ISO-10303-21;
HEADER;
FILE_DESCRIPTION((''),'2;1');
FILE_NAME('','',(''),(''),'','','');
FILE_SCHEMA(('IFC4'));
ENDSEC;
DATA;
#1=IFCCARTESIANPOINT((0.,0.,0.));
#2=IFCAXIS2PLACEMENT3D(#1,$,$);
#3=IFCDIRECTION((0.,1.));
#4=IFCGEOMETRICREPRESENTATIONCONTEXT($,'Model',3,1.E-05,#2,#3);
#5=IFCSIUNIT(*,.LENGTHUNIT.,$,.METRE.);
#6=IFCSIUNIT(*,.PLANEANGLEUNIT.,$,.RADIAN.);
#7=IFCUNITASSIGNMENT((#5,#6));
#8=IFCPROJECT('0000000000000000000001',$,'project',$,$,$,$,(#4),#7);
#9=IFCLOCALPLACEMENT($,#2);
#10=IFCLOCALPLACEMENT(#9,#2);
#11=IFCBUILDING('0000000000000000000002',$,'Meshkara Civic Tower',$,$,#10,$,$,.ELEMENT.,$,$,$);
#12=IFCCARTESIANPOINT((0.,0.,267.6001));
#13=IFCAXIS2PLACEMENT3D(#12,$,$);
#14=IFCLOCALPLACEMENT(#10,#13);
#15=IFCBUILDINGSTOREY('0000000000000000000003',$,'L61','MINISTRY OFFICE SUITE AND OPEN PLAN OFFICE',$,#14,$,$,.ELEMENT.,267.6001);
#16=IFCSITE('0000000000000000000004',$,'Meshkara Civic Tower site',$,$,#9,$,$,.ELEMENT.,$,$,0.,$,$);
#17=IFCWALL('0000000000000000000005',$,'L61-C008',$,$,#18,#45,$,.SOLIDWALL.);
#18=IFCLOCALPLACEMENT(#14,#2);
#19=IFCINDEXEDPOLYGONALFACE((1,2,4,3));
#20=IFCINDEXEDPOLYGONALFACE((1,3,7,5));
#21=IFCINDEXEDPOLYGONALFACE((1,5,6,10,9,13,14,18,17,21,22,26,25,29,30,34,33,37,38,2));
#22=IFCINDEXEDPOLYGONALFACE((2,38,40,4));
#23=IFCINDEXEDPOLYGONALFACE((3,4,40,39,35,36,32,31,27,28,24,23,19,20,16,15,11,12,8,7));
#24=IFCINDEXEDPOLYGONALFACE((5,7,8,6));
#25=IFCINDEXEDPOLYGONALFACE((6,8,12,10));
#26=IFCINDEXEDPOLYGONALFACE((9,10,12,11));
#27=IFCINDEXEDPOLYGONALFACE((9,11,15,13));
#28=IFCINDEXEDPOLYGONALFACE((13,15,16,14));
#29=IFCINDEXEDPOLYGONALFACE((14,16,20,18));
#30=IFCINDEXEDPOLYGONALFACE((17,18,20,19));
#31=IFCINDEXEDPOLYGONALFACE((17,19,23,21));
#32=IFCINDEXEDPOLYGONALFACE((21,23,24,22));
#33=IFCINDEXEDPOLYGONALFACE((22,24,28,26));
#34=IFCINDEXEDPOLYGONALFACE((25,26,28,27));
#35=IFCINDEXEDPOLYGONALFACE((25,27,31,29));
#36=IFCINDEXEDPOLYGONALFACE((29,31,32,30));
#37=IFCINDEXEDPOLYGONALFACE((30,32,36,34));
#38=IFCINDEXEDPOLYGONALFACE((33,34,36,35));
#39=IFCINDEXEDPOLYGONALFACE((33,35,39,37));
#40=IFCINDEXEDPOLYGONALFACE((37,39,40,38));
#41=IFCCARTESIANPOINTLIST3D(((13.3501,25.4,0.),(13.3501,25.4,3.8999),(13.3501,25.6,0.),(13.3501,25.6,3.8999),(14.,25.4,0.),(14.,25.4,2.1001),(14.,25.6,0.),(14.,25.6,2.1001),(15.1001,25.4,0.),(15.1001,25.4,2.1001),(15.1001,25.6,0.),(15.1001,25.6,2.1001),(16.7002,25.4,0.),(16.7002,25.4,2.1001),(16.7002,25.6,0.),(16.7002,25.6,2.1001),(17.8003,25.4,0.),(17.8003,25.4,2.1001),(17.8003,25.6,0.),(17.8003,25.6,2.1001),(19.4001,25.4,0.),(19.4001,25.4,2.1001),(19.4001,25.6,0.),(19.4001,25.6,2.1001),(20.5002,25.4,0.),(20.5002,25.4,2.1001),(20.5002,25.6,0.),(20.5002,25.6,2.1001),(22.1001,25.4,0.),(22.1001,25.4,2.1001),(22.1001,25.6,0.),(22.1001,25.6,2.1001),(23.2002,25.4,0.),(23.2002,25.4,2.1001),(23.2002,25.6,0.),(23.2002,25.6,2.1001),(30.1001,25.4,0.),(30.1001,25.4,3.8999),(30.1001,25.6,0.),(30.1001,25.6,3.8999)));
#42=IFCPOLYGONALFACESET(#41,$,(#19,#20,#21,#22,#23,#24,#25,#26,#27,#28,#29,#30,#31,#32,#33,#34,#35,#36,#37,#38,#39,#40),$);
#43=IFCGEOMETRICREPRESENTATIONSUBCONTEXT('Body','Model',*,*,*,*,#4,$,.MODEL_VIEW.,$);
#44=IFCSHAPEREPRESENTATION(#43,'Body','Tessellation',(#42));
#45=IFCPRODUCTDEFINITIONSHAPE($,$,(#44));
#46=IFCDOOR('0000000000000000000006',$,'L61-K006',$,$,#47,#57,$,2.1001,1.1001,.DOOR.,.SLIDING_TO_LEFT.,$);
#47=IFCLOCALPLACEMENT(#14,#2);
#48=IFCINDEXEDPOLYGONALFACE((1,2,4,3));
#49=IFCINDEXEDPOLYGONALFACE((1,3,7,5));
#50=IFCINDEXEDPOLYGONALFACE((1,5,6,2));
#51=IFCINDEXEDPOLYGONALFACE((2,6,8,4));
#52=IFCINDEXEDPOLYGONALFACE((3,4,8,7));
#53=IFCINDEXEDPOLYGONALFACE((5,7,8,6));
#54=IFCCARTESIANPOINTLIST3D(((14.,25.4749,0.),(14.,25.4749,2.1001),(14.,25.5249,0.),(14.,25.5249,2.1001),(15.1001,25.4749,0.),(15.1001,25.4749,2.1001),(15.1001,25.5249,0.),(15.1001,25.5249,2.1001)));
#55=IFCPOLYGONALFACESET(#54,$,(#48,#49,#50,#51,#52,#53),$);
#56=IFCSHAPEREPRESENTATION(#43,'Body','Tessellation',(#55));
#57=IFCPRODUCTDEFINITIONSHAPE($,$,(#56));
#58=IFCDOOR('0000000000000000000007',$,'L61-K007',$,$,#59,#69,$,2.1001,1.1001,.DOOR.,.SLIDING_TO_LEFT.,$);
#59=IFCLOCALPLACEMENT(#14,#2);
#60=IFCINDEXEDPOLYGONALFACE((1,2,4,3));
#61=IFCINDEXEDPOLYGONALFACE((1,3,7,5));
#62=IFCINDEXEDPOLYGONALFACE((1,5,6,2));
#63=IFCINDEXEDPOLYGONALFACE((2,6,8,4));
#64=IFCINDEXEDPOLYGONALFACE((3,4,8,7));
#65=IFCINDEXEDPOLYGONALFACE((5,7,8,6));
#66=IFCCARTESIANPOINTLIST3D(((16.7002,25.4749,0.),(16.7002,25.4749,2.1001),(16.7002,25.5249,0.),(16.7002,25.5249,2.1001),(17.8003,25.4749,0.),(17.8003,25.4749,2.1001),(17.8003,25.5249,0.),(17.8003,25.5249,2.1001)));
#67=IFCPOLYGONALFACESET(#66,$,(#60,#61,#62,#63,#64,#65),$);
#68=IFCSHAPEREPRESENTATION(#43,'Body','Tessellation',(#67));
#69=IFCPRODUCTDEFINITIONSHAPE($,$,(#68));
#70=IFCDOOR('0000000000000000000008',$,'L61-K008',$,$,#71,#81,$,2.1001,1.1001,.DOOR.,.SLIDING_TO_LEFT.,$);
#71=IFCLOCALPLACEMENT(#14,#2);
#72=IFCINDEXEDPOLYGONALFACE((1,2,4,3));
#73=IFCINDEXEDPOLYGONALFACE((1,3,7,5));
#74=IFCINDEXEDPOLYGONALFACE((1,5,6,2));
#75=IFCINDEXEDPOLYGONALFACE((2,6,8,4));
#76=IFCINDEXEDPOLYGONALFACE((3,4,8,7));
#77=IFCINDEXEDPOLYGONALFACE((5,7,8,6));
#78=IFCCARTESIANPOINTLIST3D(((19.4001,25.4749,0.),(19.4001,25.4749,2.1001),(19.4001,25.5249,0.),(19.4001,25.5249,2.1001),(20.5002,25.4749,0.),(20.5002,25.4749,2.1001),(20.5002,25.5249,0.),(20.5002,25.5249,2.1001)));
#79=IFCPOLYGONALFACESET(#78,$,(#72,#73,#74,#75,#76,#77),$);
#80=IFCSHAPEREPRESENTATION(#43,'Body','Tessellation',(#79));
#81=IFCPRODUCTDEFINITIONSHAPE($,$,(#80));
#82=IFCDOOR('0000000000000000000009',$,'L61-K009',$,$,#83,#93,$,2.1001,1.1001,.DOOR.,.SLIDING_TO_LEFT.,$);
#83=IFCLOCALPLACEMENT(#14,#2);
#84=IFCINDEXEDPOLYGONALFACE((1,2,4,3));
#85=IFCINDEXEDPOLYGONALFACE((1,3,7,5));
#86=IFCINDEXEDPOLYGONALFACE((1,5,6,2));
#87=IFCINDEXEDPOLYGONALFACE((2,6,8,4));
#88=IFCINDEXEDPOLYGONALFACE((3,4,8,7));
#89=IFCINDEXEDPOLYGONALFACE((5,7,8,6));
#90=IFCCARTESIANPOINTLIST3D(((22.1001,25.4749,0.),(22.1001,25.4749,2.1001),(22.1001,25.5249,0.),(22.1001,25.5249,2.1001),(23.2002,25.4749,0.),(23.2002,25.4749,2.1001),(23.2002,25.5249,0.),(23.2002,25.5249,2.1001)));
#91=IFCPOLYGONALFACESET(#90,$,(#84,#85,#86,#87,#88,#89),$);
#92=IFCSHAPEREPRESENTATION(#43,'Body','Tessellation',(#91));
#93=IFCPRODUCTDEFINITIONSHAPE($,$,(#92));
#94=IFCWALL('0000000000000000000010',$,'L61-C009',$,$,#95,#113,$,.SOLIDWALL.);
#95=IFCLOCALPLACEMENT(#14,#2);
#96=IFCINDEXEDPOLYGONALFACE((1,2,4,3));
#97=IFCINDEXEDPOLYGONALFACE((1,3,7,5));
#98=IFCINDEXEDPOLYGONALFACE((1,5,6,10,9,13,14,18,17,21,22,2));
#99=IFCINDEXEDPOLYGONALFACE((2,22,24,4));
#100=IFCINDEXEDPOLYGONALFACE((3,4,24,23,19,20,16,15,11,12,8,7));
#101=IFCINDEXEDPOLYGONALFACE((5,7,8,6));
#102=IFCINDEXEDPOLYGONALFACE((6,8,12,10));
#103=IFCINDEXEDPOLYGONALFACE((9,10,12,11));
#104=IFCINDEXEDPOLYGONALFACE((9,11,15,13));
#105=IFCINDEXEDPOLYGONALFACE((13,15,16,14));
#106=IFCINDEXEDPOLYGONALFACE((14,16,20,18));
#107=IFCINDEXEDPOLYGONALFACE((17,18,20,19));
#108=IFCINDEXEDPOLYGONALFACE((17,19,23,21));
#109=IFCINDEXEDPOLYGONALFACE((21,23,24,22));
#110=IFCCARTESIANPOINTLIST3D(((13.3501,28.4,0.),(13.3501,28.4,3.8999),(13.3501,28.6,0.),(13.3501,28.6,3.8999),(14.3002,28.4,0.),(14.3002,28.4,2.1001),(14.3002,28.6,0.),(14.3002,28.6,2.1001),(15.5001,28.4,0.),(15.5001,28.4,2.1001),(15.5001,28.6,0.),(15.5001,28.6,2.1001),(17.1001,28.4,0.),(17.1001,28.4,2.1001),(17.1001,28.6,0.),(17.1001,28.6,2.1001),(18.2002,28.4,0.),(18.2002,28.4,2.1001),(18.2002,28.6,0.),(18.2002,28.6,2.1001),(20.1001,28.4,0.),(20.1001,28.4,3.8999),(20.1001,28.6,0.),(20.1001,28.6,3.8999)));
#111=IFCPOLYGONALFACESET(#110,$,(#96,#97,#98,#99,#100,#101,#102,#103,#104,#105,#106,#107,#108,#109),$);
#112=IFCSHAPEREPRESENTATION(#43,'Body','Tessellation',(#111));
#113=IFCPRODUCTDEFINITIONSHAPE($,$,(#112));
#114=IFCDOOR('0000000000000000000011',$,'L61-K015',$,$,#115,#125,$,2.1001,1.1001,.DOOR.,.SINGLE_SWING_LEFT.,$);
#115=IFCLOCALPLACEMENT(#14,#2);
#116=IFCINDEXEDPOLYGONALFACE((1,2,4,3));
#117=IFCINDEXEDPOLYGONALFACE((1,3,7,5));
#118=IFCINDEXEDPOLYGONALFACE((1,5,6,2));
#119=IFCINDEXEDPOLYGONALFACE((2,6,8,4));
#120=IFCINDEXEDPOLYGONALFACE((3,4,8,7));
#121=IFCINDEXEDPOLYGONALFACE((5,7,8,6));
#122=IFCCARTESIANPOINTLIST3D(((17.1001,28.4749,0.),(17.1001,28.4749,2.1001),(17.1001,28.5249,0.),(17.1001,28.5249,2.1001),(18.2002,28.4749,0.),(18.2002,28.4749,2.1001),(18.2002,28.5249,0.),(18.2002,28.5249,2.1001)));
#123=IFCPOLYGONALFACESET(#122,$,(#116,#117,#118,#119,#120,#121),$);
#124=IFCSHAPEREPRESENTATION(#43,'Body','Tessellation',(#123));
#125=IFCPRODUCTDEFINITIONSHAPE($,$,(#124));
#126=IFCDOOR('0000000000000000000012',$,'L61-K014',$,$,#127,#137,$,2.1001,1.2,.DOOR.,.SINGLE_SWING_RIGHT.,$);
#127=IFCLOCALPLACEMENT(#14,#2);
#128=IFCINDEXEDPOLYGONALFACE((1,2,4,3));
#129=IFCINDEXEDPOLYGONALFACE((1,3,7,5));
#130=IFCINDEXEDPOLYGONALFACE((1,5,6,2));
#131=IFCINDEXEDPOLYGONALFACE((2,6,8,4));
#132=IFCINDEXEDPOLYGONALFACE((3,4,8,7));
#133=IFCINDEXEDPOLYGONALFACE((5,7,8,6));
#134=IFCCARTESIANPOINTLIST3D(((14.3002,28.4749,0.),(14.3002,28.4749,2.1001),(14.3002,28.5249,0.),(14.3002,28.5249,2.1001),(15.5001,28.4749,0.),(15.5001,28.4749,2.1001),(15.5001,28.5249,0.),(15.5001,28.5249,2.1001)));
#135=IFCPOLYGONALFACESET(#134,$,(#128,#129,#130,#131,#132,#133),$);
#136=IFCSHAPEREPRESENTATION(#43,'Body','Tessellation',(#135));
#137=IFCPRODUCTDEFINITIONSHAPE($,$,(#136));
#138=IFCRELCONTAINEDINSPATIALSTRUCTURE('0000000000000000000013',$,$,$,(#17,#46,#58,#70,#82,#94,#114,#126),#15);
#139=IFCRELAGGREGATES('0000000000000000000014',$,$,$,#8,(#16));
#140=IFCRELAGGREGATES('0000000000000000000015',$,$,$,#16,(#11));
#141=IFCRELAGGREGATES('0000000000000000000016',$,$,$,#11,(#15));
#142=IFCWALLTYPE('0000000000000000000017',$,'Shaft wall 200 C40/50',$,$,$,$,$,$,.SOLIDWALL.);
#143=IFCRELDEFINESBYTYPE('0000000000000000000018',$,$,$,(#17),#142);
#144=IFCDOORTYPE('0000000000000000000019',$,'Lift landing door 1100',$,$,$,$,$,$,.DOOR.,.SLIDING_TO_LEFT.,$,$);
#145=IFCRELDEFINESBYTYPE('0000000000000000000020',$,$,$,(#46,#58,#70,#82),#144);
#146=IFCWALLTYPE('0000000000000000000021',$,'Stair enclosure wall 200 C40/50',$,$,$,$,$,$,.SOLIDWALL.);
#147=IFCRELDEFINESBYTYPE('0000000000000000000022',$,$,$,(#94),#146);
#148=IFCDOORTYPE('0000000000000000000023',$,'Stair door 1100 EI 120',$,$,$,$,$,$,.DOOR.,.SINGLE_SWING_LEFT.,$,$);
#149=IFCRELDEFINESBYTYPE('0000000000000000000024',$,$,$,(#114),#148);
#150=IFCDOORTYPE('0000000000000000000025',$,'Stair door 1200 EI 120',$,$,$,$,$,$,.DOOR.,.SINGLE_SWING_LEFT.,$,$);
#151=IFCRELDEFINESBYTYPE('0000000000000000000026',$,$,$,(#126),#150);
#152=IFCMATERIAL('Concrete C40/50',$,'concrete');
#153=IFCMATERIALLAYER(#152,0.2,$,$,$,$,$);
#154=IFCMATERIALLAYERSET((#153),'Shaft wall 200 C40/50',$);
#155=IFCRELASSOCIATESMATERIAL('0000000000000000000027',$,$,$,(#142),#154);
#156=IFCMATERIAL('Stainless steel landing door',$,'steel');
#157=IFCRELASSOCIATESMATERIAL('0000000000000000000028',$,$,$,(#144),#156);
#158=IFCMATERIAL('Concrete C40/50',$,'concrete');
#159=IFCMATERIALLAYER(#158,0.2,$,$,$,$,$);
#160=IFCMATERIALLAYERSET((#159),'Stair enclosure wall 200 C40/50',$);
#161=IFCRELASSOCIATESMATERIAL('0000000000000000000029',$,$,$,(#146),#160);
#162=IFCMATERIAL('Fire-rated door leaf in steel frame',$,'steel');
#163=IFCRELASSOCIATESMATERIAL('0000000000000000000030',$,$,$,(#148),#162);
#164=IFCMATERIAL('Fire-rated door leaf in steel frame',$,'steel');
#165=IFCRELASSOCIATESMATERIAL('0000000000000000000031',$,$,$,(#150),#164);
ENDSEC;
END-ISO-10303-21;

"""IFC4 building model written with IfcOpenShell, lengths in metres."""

from ifc_helpers import new_model, si_unit, direction, frame, frame_2d, origin, place, context, subcontext, project, spatial, rectangle, extrude, material, layer, layer_set, type_object, element, fill, save


model = new_model("IFC4")

# Units and contexts
model_context = context("Model", 3, precision=1e-05, world=origin(), true_north=direction((0.0, 1.0)))
body_context = subcontext(model_context, "Body", "Model", "MODEL_VIEW")
ifc_project = project(units=[si_unit("LENGTHUNIT", "METRE"), si_unit("PLANEANGLEUNIT", "RADIAN")], contexts=[model_context])

# Site, building, storey
site_placement = place(None, origin())
site = spatial("IfcSite", under=ifc_project, at=site_placement, Name="Meshkara Civic Tower site", CompositionType="ELEMENT", RefElevation=0.0)
building_placement = place(site_placement, origin())
building = spatial("IfcBuilding", under=site, at=building_placement, Name="Meshkara Civic Tower", CompositionType="ELEMENT")
storey_placement = place(building_placement, frame((0.0, 0.0, 267.6001)))
storey = spatial("IfcBuildingStorey", under=building, at=storey_placement, Name="L61", Description="MINISTRY OFFICE SUITE AND OPEN PLAN OFFICE", CompositionType="ELEMENT", Elevation=267.6001)

# Walls, openings, doors
ifc_material_1 = material(Name="Concrete C40/50", Category="concrete")
ifc_layer_1 = layer(ifc_material_1, 0.2)
ifc_layer_set_1 = layer_set([ifc_layer_1], Name="Shaft wall 200 C40/50")
wall_type_1 = type_object("IfcWallType", Name="Shaft wall 200 C40/50", PredefinedType="SOLIDWALL", material=ifc_layer_set_1)
wall_1_placement = place(storey_placement, frame((13.3501, 25.5, 0.0), z_axis=(0.0, 0.0, 1.0), x_axis=(1.0, 0.0, 0.0)))
wall_1 = element("IfcWall", 1, at=wall_1_placement, inside=storey, type_object=wall_type_1, Name="L61-C008", PredefinedType="SOLIDWALL", context=body_context, shape_type="SweptSolid", body=[
    extrude(rectangle(XDim=16.75, YDim=0.2, at=frame_2d((8.375, 0.0))), origin(), (0.0, 0.0, 1.0), 3.8999),
])
opening_1_placement = place(wall_1_placement, frame((0.6499, 0.0, 0.0)))
opening_1 = element("IfcOpeningElement", 2, at=opening_1_placement, cuts=wall_1, PredefinedType="OPENING", context=body_context, shape_type="SweptSolid", body=[
    extrude(rectangle(XDim=1.1001, YDim=2.1001, at=frame_2d((0.55, 1.05))), frame((0.0, 0.1099, 0.0), z_axis=(0.0, -1.0, 0.0), x_axis=(1.0, 0.0, 0.0)), (0.0, 0.0, 1.0), 0.22),
])
opening_2_placement = place(wall_1_placement, frame((3.3501, 0.0, 0.0)))
opening_2 = element("IfcOpeningElement", 3, at=opening_2_placement, cuts=wall_1, PredefinedType="OPENING", context=body_context, shape_type="SweptSolid", body=[
    extrude(rectangle(XDim=1.1001, YDim=2.1001, at=frame_2d((0.55, 1.05))), frame((0.0, 0.1099, 0.0), z_axis=(0.0, -1.0, 0.0), x_axis=(1.0, 0.0, 0.0)), (0.0, 0.0, 1.0), 0.22),
])
opening_3_placement = place(wall_1_placement, frame((6.05, 0.0, 0.0)))
opening_3 = element("IfcOpeningElement", 4, at=opening_3_placement, cuts=wall_1, PredefinedType="OPENING", context=body_context, shape_type="SweptSolid", body=[
    extrude(rectangle(XDim=1.1001, YDim=2.1001, at=frame_2d((0.55, 1.05))), frame((0.0, 0.1099, 0.0), z_axis=(0.0, -1.0, 0.0), x_axis=(1.0, 0.0, 0.0)), (0.0, 0.0, 1.0), 0.22),
])
opening_4_placement = place(wall_1_placement, frame((8.75, 0.0, 0.0)))
opening_4 = element("IfcOpeningElement", 5, at=opening_4_placement, cuts=wall_1, PredefinedType="OPENING", context=body_context, shape_type="SweptSolid", body=[
    extrude(rectangle(XDim=1.1001, YDim=2.1001, at=frame_2d((0.55, 1.05))), frame((0.0, 0.1099, 0.0), z_axis=(0.0, -1.0, 0.0), x_axis=(1.0, 0.0, 0.0)), (0.0, 0.0, 1.0), 0.22),
])
ifc_material_2 = material(Name="Stainless steel landing door", Category="steel")
door_type_1 = type_object("IfcDoorType", Name="Lift landing door 1100", OperationType="SLIDING_TO_LEFT", PredefinedType="DOOR", material=ifc_material_2)
door_1_placement = place(opening_1_placement, origin())
door_1 = element("IfcDoor", 6, at=door_1_placement, inside=storey, type_object=door_type_1, Name="L61-K006", OperationType="SLIDING_TO_LEFT", OverallHeight=2.1001, OverallWidth=1.1001, PredefinedType="DOOR", context=body_context, shape_type="SweptSolid", body=[
    extrude(rectangle(XDim=1.1001, YDim=2.1001, at=frame_2d((0.55, 1.05))), frame((0.0, 0.0249, 0.0), z_axis=(0.0, -1.0, 0.0), x_axis=(1.0, 0.0, 0.0)), (0.0, 0.0, 1.0), 0.05),
])
fill(opening_1, door_1)
door_2_placement = place(opening_2_placement, origin())
door_2 = element("IfcDoor", 7, at=door_2_placement, inside=storey, type_object=door_type_1, Name="L61-K007", OperationType="SLIDING_TO_LEFT", OverallHeight=2.1001, OverallWidth=1.1001, PredefinedType="DOOR", context=body_context, shape_type="SweptSolid", body=[
    extrude(rectangle(XDim=1.1001, YDim=2.1001, at=frame_2d((0.55, 1.05))), frame((0.0, 0.0249, 0.0), z_axis=(0.0, -1.0, 0.0), x_axis=(1.0, 0.0, 0.0)), (0.0, 0.0, 1.0), 0.05),
])
fill(opening_2, door_2)
door_3_placement = place(opening_3_placement, origin())
door_3 = element("IfcDoor", 8, at=door_3_placement, inside=storey, type_object=door_type_1, Name="L61-K008", OperationType="SLIDING_TO_LEFT", OverallHeight=2.1001, OverallWidth=1.1001, PredefinedType="DOOR", context=body_context, shape_type="SweptSolid", body=[
    extrude(rectangle(XDim=1.1001, YDim=2.1001, at=frame_2d((0.55, 1.05))), frame((0.0, 0.0249, 0.0), z_axis=(0.0, -1.0, 0.0), x_axis=(1.0, 0.0, 0.0)), (0.0, 0.0, 1.0), 0.05),
])
fill(opening_3, door_3)
door_4_placement = place(opening_4_placement, origin())
door_4 = element("IfcDoor", 9, at=door_4_placement, inside=storey, type_object=door_type_1, Name="L61-K009", OperationType="SLIDING_TO_LEFT", OverallHeight=2.1001, OverallWidth=1.1001, PredefinedType="DOOR", context=body_context, shape_type="SweptSolid", body=[
    extrude(rectangle(XDim=1.1001, YDim=2.1001, at=frame_2d((0.55, 1.05))), frame((0.0, 0.0249, 0.0), z_axis=(0.0, -1.0, 0.0), x_axis=(1.0, 0.0, 0.0)), (0.0, 0.0, 1.0), 0.05),
])
fill(opening_4, door_4)
ifc_material_3 = material(Name="Concrete C40/50", Category="concrete")
ifc_layer_2 = layer(ifc_material_3, 0.2)
ifc_layer_set_2 = layer_set([ifc_layer_2], Name="Stair enclosure wall 200 C40/50")
wall_type_2 = type_object("IfcWallType", Name="Stair enclosure wall 200 C40/50", PredefinedType="SOLIDWALL", material=ifc_layer_set_2)
wall_2_placement = place(storey_placement, frame((13.3501, 28.5, 0.0), z_axis=(0.0, 0.0, 1.0), x_axis=(1.0, 0.0, 0.0)))
wall_2 = element("IfcWall", 10, at=wall_2_placement, inside=storey, type_object=wall_type_2, Name="L61-C009", PredefinedType="SOLIDWALL", context=body_context, shape_type="SweptSolid", body=[
    extrude(rectangle(XDim=6.75, YDim=0.2, at=frame_2d((3.375, 0.0))), origin(), (0.0, 0.0, 1.0), 3.8999),
])
opening_5_placement = place(wall_2_placement, frame((0.95, 0.0, 0.0)))
opening_5 = element("IfcOpeningElement", 11, at=opening_5_placement, cuts=wall_2, PredefinedType="OPENING", context=body_context, shape_type="SweptSolid", body=[
    extrude(rectangle(XDim=1.2, YDim=2.1001, at=frame_2d((0.6001, 1.05))), frame((0.0, 0.1099, 0.0), z_axis=(0.0, -1.0, 0.0), x_axis=(1.0, 0.0, 0.0)), (0.0, 0.0, 1.0), 0.22),
])
opening_6_placement = place(wall_2_placement, frame((3.75, 0.0, 0.0)))
opening_6 = element("IfcOpeningElement", 12, at=opening_6_placement, cuts=wall_2, PredefinedType="OPENING", context=body_context, shape_type="SweptSolid", body=[
    extrude(rectangle(XDim=1.1001, YDim=2.1001, at=frame_2d((0.55, 1.05))), frame((0.0, 0.1099, 0.0), z_axis=(0.0, -1.0, 0.0), x_axis=(1.0, 0.0, 0.0)), (0.0, 0.0, 1.0), 0.22),
])
ifc_material_4 = material(Name="Fire-rated door leaf in steel frame", Category="steel")
door_type_2 = type_object("IfcDoorType", Name="Stair door 1100 EI 120", OperationType="SINGLE_SWING_LEFT", PredefinedType="DOOR", material=ifc_material_4)
door_5_placement = place(opening_6_placement, origin())
door_5 = element("IfcDoor", 13, at=door_5_placement, inside=storey, type_object=door_type_2, Name="L61-K015", OperationType="SINGLE_SWING_LEFT", OverallHeight=2.1001, OverallWidth=1.1001, PredefinedType="DOOR", context=body_context, shape_type="SweptSolid", body=[
    extrude(rectangle(XDim=1.1001, YDim=2.1001, at=frame_2d((0.55, 1.05))), frame((0.0, 0.0249, 0.0), z_axis=(0.0, -1.0, 0.0), x_axis=(1.0, 0.0, 0.0)), (0.0, 0.0, 1.0), 0.05),
])
fill(opening_6, door_5)
ifc_material_5 = material(Name="Fire-rated door leaf in steel frame", Category="steel")
door_type_3 = type_object("IfcDoorType", Name="Stair door 1200 EI 120", OperationType="SINGLE_SWING_LEFT", PredefinedType="DOOR", material=ifc_material_5)
door_6_placement = place(opening_5_placement, origin())
door_6 = element("IfcDoor", 14, at=door_6_placement, inside=storey, type_object=door_type_3, Name="L61-K014", OperationType="SINGLE_SWING_RIGHT", OverallHeight=2.1001, OverallWidth=1.2, PredefinedType="DOOR", context=body_context, shape_type="SweptSolid", body=[
    extrude(rectangle(XDim=1.2, YDim=2.1001, at=frame_2d((0.6001, 1.05))), frame((0.0, 0.0249, 0.0), z_axis=(0.0, -1.0, 0.0), x_axis=(1.0, 0.0, 0.0)), (0.0, 0.0, 1.0), 0.05),
])
fill(opening_5, door_6)

save(model, "model.ifc")
